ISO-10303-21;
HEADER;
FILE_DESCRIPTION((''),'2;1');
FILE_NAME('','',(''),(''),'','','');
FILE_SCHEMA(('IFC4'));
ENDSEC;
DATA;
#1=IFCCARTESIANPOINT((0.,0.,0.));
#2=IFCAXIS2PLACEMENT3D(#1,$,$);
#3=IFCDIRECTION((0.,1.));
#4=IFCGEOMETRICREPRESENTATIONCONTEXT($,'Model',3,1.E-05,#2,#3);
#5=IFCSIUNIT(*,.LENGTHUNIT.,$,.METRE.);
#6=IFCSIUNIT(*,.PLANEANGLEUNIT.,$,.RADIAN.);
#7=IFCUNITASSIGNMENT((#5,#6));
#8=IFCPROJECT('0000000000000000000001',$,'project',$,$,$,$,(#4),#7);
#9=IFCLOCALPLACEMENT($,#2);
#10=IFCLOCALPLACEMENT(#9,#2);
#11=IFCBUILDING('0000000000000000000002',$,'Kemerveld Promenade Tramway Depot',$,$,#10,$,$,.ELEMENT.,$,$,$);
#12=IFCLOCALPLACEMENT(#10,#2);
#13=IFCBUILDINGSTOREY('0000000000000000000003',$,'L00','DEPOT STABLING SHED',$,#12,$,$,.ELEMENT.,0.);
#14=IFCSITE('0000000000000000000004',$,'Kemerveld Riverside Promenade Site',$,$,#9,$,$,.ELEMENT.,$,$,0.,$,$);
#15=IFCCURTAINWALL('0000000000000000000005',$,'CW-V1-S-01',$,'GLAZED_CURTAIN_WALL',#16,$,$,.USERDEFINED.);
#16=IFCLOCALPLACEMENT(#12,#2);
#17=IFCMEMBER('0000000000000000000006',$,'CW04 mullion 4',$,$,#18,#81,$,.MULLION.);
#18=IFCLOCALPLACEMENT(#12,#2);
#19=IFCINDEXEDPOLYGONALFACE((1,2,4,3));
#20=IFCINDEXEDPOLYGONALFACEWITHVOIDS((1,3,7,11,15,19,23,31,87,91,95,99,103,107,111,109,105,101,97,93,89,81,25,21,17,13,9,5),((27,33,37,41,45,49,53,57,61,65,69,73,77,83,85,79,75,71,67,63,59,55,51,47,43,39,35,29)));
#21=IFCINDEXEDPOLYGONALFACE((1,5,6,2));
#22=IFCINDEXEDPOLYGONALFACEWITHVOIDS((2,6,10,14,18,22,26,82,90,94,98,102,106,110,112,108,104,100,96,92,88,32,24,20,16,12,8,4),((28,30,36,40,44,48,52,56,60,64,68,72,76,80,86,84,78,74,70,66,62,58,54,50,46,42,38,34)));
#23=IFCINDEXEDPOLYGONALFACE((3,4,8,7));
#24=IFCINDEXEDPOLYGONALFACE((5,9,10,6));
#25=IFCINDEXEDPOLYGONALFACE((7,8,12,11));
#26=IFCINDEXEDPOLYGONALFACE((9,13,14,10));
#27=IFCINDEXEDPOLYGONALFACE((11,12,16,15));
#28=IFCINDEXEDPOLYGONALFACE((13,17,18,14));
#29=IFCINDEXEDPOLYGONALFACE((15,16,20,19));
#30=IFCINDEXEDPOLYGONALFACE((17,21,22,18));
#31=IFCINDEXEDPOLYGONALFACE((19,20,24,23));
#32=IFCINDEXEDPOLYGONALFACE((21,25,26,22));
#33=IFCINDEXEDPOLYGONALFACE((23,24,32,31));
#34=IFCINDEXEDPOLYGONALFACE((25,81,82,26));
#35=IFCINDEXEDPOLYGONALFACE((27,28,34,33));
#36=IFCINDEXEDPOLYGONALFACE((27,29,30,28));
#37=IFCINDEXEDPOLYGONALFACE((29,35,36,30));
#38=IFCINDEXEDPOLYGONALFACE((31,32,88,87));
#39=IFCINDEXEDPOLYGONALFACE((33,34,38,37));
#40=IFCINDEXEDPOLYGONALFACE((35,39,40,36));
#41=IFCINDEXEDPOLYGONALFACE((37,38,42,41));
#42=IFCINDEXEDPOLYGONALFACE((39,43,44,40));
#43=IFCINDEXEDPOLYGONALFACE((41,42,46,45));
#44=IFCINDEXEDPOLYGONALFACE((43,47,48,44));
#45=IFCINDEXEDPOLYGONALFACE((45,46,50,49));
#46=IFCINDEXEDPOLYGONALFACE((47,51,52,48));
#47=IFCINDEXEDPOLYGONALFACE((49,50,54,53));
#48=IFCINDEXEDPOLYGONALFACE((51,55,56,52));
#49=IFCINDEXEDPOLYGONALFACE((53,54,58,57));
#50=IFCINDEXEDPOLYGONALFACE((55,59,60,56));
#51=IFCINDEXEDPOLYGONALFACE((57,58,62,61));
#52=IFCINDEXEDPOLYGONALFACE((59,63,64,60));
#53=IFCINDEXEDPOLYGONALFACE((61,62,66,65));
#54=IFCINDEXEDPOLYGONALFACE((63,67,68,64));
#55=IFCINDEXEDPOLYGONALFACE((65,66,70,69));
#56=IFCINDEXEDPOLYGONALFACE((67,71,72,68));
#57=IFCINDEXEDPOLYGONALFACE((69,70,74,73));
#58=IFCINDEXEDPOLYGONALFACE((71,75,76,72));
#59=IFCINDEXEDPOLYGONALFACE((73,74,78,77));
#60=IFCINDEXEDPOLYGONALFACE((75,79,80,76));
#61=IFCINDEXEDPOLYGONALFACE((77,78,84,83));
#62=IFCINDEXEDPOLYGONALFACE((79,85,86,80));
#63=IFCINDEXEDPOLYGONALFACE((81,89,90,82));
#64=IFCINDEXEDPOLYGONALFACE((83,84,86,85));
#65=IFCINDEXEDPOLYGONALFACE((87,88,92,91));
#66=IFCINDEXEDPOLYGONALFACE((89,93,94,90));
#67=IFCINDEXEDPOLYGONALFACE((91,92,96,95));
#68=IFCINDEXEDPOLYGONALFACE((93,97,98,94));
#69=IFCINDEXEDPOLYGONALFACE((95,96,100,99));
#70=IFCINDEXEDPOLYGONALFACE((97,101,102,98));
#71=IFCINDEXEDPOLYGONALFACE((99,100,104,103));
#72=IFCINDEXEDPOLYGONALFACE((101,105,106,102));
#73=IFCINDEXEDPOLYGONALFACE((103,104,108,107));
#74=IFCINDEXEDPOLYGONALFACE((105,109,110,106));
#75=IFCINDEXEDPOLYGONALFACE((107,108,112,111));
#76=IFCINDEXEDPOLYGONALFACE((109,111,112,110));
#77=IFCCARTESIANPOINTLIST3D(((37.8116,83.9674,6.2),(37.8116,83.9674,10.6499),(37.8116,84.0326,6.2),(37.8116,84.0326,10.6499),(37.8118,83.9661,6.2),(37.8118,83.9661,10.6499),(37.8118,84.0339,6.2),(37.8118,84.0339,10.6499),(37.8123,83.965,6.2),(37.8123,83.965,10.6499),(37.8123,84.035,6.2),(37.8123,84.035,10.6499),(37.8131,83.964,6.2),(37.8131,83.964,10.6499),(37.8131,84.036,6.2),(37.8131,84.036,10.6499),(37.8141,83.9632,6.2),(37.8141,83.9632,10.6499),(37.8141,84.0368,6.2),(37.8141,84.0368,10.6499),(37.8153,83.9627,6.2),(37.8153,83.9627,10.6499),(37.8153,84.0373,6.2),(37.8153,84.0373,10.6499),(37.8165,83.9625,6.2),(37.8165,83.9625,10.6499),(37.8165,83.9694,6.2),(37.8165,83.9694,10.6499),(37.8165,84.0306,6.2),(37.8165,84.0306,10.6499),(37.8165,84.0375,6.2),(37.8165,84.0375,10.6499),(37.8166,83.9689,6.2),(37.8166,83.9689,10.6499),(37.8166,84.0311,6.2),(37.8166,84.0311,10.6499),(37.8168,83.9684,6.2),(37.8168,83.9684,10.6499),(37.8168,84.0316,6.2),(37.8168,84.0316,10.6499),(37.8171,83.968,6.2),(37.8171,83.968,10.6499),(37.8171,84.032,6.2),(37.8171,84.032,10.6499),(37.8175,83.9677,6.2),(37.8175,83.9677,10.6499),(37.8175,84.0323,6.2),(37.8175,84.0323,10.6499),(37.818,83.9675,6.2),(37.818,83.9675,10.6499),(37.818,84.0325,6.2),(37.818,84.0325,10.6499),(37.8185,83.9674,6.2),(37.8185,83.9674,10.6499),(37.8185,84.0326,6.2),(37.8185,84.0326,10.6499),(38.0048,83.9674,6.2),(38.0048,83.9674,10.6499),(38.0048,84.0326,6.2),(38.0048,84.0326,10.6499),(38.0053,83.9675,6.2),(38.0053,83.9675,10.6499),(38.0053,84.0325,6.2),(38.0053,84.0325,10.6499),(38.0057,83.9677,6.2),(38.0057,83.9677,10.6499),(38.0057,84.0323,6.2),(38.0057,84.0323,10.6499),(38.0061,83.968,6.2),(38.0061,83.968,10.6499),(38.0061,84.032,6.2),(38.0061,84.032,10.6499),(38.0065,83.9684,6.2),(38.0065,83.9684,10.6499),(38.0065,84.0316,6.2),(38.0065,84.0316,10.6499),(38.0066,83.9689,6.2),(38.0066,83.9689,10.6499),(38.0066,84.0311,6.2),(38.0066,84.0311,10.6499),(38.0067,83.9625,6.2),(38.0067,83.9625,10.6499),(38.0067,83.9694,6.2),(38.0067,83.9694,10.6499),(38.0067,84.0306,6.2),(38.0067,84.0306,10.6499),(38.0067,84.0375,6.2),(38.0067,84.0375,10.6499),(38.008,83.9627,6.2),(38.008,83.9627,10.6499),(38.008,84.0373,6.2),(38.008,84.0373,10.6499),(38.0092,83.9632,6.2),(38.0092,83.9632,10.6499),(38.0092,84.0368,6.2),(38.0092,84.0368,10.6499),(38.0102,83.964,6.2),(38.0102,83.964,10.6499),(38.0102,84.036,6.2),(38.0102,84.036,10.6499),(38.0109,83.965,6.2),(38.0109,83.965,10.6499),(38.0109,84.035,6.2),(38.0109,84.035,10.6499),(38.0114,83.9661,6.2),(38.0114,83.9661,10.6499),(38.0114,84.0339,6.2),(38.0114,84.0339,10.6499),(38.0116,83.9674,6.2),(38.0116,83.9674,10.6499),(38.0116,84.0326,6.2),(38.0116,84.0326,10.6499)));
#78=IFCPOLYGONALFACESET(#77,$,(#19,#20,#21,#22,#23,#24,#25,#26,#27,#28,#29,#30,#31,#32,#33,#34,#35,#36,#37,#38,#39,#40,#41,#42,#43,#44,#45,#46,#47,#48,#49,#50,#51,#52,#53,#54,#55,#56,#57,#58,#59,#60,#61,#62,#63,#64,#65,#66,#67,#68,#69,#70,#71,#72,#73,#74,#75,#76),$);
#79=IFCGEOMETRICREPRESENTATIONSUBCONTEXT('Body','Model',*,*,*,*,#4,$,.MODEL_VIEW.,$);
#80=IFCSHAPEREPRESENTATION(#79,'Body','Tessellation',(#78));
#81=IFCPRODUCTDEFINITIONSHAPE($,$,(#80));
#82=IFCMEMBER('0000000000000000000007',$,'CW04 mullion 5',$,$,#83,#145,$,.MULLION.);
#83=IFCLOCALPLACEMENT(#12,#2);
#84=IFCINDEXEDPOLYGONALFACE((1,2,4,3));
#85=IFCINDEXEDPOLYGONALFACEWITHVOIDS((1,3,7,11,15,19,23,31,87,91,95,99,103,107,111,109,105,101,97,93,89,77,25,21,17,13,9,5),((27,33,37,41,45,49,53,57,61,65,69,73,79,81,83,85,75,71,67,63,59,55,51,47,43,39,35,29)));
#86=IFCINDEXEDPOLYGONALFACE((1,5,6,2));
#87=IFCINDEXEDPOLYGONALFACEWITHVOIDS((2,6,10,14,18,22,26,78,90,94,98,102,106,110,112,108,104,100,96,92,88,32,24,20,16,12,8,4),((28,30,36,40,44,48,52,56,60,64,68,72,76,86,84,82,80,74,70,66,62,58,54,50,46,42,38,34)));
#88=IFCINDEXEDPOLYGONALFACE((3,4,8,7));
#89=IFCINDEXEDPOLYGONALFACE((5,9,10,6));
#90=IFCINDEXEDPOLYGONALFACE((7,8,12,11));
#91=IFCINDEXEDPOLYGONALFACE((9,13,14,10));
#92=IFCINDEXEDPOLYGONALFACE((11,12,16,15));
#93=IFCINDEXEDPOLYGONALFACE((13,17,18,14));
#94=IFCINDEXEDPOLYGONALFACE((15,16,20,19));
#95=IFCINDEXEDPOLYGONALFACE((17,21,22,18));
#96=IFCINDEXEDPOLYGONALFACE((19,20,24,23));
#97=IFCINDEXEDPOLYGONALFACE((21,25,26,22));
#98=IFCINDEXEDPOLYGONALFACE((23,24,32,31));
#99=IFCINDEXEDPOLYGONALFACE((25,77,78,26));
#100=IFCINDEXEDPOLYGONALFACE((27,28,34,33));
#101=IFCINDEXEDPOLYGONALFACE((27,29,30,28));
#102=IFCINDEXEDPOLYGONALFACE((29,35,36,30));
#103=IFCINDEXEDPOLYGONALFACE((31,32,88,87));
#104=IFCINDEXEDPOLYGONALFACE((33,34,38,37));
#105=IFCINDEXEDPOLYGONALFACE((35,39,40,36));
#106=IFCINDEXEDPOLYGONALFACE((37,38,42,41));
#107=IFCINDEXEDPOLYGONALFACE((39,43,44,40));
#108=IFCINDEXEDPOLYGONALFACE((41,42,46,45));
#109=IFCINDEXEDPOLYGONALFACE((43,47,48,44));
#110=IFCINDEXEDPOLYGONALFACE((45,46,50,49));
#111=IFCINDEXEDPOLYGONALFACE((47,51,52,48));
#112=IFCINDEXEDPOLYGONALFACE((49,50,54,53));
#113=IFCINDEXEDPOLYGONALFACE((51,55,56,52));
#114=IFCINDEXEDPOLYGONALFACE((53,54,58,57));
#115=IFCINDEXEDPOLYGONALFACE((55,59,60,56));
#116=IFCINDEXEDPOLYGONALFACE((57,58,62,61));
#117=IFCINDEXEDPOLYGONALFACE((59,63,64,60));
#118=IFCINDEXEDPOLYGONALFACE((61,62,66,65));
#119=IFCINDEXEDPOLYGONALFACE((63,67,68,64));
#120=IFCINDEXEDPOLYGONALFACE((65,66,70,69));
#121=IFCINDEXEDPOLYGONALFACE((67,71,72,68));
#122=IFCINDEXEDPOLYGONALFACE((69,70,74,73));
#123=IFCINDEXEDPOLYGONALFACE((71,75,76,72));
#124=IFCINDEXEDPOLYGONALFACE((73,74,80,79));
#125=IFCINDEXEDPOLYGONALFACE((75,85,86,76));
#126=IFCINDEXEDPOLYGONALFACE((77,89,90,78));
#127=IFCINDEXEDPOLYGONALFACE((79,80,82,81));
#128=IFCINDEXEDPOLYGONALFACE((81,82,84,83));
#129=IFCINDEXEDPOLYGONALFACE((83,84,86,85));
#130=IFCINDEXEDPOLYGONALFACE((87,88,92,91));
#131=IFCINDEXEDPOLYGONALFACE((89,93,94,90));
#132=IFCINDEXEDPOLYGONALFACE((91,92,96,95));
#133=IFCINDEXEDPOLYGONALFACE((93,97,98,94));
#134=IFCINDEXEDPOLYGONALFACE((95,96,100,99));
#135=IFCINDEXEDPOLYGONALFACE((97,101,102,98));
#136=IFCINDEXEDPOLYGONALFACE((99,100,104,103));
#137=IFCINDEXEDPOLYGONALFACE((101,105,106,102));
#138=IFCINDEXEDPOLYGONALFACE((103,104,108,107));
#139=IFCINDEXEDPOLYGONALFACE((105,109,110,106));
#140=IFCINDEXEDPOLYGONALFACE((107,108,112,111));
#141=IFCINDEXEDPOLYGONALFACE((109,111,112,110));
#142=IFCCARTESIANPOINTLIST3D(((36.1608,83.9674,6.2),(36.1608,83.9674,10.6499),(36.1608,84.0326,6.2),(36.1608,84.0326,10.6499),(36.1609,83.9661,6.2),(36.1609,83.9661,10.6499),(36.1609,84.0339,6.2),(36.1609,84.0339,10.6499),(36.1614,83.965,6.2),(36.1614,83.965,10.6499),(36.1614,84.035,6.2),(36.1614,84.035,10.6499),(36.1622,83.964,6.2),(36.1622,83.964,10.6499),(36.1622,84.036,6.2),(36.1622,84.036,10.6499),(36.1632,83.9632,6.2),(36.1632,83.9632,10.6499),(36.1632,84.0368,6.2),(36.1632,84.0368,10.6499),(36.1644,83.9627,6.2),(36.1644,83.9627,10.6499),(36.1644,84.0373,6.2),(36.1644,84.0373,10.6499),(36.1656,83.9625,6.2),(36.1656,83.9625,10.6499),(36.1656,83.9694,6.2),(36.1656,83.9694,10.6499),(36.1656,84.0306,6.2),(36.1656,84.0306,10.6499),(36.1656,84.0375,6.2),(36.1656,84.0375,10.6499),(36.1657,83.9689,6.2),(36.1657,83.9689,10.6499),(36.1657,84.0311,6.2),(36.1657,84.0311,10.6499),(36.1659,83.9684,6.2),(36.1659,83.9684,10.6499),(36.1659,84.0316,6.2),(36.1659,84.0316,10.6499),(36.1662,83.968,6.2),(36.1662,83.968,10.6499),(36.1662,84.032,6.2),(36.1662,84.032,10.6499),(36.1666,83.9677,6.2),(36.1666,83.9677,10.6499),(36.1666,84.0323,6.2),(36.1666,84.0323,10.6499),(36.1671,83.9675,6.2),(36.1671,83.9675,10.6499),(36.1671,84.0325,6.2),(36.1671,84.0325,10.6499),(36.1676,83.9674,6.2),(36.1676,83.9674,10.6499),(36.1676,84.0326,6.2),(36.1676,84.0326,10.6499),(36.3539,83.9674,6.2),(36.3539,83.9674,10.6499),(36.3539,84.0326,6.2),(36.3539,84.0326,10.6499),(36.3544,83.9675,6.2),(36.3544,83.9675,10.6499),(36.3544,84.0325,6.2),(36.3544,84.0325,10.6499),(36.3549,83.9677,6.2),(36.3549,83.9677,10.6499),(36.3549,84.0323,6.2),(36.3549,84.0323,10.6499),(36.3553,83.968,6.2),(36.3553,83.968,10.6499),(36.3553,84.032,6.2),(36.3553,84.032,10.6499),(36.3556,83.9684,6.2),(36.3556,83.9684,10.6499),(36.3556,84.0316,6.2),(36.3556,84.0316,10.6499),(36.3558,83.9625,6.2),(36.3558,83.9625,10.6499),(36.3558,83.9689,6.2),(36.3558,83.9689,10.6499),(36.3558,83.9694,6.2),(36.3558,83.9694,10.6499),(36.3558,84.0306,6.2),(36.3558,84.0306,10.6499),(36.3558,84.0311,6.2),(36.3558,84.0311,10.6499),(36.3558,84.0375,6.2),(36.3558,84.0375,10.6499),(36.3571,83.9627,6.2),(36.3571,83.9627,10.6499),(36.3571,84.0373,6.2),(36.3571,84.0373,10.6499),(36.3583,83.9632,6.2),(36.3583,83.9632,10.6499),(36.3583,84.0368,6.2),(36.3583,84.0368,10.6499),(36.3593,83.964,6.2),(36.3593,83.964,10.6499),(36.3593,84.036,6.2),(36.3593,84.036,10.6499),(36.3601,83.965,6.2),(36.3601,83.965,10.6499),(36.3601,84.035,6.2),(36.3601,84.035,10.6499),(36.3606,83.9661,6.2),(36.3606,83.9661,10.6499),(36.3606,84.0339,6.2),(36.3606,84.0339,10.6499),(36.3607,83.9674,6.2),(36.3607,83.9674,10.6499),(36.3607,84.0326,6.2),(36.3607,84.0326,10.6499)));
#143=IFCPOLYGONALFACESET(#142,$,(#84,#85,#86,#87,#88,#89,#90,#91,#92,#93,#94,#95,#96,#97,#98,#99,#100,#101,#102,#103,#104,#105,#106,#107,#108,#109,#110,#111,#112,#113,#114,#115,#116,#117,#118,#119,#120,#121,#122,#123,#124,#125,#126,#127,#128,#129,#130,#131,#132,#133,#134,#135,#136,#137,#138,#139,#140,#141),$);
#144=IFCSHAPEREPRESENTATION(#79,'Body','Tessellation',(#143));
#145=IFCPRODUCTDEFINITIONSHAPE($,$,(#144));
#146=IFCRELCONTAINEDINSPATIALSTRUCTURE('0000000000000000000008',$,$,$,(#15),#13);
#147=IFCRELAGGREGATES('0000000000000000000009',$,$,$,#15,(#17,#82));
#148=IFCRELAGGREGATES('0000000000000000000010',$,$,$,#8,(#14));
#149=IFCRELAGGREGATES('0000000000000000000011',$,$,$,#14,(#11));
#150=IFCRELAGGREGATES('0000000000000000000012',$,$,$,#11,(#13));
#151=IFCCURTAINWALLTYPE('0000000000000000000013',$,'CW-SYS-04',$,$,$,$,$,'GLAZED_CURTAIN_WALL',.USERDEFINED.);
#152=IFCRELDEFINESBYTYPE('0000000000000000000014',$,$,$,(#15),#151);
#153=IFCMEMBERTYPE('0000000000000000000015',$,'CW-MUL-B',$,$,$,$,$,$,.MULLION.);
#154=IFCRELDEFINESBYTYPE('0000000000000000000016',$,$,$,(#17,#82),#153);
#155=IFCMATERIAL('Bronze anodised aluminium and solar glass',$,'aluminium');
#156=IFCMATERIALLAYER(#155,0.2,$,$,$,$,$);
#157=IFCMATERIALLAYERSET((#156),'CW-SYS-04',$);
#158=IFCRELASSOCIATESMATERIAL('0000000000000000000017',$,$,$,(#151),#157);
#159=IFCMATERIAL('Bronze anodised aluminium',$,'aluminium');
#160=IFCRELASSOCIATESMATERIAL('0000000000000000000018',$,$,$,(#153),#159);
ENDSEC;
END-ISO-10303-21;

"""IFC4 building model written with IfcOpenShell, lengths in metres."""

from ifc_helpers import new_model, si_unit, direction, frame, origin, origin_2d, place, context, subcontext, project, spatial, hollow_rectangle, extrude, material, layer, layer_set, material_profile, profile_set, type_object, element, aggregate, save


model = new_model("IFC4")

# Units and contexts
model_context = context("Model", 3, precision=1e-05, world=origin(), true_north=direction((0.0, 1.0)))
body_context = subcontext(model_context, "Body", "Model", "MODEL_VIEW")
ifc_project = project(units=[si_unit("LENGTHUNIT", "METRE"), si_unit("PLANEANGLEUNIT", "RADIAN")], contexts=[model_context])

# Site, building, storey
site_placement = place(None, origin())
site = spatial("IfcSite", under=ifc_project, at=site_placement, Name="Kemerveld Riverside Promenade Site", CompositionType="ELEMENT", RefElevation=0.0)
building_placement = place(site_placement, origin())
building = spatial("IfcBuilding", under=site, at=building_placement, Name="Kemerveld Promenade Tramway Depot", CompositionType="ELEMENT")
storey_placement = place(building_placement, origin())
storey = spatial("IfcBuildingStorey", under=building, at=storey_placement, Name="L00", Description="DEPOT STABLING SHED", CompositionType="ELEMENT", Elevation=0.0)

# Shared definitions
ifc_material_1 = material(Name="Bronze anodised aluminium and solar glass", Category="aluminium")
ifc_material_2 = material(Name="Bronze anodised aluminium", Category="aluminium")

# Curtain wall, members
ifc_layer_1 = layer(ifc_material_1, 0.2)
ifc_layer_set_1 = layer_set([ifc_layer_1], Name="CW-SYS-04")
curtain_wall_type_1 = type_object("IfcCurtainWallType", Name="CW-SYS-04", ElementType="GLAZED_CURTAIN_WALL", PredefinedType="USERDEFINED", material=ifc_layer_set_1)
curtain_wall_1_placement = place(storey_placement, origin())
curtain_wall_1 = element("IfcCurtainWall", 1, at=curtain_wall_1_placement, inside=storey, type_object=curtain_wall_type_1, Name="CW-V1-S-01", ObjectType="GLAZED_CURTAIN_WALL", PredefinedType="USERDEFINED")
ifc_material_profile_1 = material_profile(ifc_material_2, hollow_rectangle(XDim=0.075, YDim=0.2, WallThickness=0.0049, InnerFilletRadius=0.002, OuterFilletRadius=0.0049, at=origin_2d()), Name="CW-MUL-200x75")
ifc_profile_set_1 = profile_set([ifc_material_profile_1], Name="Bronze anodised aluminium")
member_type_1 = type_object("IfcMemberType", Name="CW-MUL-B", PredefinedType="MULLION", material=ifc_profile_set_1)
member_1_placement = place(storey_placement, frame((37.9116, 84.0, 6.2), z_axis=(0.0, 0.0, 1.0), x_axis=(0.0, -1.0, 0.0)))
member_1 = element("IfcMember", 2, at=member_1_placement, type_object=member_type_1, Name="CW04 mullion 4", PredefinedType="MULLION", context=body_context, shape_type="SweptSolid", body=[
    extrude(hollow_rectangle(XDim=0.075, YDim=0.2, WallThickness=0.0049, InnerFilletRadius=0.002, OuterFilletRadius=0.0049, at=origin_2d()), origin(), (0.0, 0.0, 1.0), 4.45),
])
member_2_placement = place(storey_placement, frame((36.2607, 84.0, 6.2), z_axis=(0.0, 0.0, 1.0), x_axis=(0.0, -1.0, 0.0)))
member_2 = element("IfcMember", 3, at=member_2_placement, type_object=member_type_1, Name="CW04 mullion 5", PredefinedType="MULLION", context=body_context, shape_type="SweptSolid", body=[
    extrude(hollow_rectangle(XDim=0.075, YDim=0.2, WallThickness=0.0049, InnerFilletRadius=0.002, OuterFilletRadius=0.0049, at=origin_2d()), origin(), (0.0, 0.0, 1.0), 4.45),
])

aggregate(curtain_wall_1, [member_1, member_2])

save(model, "model.ifc")
